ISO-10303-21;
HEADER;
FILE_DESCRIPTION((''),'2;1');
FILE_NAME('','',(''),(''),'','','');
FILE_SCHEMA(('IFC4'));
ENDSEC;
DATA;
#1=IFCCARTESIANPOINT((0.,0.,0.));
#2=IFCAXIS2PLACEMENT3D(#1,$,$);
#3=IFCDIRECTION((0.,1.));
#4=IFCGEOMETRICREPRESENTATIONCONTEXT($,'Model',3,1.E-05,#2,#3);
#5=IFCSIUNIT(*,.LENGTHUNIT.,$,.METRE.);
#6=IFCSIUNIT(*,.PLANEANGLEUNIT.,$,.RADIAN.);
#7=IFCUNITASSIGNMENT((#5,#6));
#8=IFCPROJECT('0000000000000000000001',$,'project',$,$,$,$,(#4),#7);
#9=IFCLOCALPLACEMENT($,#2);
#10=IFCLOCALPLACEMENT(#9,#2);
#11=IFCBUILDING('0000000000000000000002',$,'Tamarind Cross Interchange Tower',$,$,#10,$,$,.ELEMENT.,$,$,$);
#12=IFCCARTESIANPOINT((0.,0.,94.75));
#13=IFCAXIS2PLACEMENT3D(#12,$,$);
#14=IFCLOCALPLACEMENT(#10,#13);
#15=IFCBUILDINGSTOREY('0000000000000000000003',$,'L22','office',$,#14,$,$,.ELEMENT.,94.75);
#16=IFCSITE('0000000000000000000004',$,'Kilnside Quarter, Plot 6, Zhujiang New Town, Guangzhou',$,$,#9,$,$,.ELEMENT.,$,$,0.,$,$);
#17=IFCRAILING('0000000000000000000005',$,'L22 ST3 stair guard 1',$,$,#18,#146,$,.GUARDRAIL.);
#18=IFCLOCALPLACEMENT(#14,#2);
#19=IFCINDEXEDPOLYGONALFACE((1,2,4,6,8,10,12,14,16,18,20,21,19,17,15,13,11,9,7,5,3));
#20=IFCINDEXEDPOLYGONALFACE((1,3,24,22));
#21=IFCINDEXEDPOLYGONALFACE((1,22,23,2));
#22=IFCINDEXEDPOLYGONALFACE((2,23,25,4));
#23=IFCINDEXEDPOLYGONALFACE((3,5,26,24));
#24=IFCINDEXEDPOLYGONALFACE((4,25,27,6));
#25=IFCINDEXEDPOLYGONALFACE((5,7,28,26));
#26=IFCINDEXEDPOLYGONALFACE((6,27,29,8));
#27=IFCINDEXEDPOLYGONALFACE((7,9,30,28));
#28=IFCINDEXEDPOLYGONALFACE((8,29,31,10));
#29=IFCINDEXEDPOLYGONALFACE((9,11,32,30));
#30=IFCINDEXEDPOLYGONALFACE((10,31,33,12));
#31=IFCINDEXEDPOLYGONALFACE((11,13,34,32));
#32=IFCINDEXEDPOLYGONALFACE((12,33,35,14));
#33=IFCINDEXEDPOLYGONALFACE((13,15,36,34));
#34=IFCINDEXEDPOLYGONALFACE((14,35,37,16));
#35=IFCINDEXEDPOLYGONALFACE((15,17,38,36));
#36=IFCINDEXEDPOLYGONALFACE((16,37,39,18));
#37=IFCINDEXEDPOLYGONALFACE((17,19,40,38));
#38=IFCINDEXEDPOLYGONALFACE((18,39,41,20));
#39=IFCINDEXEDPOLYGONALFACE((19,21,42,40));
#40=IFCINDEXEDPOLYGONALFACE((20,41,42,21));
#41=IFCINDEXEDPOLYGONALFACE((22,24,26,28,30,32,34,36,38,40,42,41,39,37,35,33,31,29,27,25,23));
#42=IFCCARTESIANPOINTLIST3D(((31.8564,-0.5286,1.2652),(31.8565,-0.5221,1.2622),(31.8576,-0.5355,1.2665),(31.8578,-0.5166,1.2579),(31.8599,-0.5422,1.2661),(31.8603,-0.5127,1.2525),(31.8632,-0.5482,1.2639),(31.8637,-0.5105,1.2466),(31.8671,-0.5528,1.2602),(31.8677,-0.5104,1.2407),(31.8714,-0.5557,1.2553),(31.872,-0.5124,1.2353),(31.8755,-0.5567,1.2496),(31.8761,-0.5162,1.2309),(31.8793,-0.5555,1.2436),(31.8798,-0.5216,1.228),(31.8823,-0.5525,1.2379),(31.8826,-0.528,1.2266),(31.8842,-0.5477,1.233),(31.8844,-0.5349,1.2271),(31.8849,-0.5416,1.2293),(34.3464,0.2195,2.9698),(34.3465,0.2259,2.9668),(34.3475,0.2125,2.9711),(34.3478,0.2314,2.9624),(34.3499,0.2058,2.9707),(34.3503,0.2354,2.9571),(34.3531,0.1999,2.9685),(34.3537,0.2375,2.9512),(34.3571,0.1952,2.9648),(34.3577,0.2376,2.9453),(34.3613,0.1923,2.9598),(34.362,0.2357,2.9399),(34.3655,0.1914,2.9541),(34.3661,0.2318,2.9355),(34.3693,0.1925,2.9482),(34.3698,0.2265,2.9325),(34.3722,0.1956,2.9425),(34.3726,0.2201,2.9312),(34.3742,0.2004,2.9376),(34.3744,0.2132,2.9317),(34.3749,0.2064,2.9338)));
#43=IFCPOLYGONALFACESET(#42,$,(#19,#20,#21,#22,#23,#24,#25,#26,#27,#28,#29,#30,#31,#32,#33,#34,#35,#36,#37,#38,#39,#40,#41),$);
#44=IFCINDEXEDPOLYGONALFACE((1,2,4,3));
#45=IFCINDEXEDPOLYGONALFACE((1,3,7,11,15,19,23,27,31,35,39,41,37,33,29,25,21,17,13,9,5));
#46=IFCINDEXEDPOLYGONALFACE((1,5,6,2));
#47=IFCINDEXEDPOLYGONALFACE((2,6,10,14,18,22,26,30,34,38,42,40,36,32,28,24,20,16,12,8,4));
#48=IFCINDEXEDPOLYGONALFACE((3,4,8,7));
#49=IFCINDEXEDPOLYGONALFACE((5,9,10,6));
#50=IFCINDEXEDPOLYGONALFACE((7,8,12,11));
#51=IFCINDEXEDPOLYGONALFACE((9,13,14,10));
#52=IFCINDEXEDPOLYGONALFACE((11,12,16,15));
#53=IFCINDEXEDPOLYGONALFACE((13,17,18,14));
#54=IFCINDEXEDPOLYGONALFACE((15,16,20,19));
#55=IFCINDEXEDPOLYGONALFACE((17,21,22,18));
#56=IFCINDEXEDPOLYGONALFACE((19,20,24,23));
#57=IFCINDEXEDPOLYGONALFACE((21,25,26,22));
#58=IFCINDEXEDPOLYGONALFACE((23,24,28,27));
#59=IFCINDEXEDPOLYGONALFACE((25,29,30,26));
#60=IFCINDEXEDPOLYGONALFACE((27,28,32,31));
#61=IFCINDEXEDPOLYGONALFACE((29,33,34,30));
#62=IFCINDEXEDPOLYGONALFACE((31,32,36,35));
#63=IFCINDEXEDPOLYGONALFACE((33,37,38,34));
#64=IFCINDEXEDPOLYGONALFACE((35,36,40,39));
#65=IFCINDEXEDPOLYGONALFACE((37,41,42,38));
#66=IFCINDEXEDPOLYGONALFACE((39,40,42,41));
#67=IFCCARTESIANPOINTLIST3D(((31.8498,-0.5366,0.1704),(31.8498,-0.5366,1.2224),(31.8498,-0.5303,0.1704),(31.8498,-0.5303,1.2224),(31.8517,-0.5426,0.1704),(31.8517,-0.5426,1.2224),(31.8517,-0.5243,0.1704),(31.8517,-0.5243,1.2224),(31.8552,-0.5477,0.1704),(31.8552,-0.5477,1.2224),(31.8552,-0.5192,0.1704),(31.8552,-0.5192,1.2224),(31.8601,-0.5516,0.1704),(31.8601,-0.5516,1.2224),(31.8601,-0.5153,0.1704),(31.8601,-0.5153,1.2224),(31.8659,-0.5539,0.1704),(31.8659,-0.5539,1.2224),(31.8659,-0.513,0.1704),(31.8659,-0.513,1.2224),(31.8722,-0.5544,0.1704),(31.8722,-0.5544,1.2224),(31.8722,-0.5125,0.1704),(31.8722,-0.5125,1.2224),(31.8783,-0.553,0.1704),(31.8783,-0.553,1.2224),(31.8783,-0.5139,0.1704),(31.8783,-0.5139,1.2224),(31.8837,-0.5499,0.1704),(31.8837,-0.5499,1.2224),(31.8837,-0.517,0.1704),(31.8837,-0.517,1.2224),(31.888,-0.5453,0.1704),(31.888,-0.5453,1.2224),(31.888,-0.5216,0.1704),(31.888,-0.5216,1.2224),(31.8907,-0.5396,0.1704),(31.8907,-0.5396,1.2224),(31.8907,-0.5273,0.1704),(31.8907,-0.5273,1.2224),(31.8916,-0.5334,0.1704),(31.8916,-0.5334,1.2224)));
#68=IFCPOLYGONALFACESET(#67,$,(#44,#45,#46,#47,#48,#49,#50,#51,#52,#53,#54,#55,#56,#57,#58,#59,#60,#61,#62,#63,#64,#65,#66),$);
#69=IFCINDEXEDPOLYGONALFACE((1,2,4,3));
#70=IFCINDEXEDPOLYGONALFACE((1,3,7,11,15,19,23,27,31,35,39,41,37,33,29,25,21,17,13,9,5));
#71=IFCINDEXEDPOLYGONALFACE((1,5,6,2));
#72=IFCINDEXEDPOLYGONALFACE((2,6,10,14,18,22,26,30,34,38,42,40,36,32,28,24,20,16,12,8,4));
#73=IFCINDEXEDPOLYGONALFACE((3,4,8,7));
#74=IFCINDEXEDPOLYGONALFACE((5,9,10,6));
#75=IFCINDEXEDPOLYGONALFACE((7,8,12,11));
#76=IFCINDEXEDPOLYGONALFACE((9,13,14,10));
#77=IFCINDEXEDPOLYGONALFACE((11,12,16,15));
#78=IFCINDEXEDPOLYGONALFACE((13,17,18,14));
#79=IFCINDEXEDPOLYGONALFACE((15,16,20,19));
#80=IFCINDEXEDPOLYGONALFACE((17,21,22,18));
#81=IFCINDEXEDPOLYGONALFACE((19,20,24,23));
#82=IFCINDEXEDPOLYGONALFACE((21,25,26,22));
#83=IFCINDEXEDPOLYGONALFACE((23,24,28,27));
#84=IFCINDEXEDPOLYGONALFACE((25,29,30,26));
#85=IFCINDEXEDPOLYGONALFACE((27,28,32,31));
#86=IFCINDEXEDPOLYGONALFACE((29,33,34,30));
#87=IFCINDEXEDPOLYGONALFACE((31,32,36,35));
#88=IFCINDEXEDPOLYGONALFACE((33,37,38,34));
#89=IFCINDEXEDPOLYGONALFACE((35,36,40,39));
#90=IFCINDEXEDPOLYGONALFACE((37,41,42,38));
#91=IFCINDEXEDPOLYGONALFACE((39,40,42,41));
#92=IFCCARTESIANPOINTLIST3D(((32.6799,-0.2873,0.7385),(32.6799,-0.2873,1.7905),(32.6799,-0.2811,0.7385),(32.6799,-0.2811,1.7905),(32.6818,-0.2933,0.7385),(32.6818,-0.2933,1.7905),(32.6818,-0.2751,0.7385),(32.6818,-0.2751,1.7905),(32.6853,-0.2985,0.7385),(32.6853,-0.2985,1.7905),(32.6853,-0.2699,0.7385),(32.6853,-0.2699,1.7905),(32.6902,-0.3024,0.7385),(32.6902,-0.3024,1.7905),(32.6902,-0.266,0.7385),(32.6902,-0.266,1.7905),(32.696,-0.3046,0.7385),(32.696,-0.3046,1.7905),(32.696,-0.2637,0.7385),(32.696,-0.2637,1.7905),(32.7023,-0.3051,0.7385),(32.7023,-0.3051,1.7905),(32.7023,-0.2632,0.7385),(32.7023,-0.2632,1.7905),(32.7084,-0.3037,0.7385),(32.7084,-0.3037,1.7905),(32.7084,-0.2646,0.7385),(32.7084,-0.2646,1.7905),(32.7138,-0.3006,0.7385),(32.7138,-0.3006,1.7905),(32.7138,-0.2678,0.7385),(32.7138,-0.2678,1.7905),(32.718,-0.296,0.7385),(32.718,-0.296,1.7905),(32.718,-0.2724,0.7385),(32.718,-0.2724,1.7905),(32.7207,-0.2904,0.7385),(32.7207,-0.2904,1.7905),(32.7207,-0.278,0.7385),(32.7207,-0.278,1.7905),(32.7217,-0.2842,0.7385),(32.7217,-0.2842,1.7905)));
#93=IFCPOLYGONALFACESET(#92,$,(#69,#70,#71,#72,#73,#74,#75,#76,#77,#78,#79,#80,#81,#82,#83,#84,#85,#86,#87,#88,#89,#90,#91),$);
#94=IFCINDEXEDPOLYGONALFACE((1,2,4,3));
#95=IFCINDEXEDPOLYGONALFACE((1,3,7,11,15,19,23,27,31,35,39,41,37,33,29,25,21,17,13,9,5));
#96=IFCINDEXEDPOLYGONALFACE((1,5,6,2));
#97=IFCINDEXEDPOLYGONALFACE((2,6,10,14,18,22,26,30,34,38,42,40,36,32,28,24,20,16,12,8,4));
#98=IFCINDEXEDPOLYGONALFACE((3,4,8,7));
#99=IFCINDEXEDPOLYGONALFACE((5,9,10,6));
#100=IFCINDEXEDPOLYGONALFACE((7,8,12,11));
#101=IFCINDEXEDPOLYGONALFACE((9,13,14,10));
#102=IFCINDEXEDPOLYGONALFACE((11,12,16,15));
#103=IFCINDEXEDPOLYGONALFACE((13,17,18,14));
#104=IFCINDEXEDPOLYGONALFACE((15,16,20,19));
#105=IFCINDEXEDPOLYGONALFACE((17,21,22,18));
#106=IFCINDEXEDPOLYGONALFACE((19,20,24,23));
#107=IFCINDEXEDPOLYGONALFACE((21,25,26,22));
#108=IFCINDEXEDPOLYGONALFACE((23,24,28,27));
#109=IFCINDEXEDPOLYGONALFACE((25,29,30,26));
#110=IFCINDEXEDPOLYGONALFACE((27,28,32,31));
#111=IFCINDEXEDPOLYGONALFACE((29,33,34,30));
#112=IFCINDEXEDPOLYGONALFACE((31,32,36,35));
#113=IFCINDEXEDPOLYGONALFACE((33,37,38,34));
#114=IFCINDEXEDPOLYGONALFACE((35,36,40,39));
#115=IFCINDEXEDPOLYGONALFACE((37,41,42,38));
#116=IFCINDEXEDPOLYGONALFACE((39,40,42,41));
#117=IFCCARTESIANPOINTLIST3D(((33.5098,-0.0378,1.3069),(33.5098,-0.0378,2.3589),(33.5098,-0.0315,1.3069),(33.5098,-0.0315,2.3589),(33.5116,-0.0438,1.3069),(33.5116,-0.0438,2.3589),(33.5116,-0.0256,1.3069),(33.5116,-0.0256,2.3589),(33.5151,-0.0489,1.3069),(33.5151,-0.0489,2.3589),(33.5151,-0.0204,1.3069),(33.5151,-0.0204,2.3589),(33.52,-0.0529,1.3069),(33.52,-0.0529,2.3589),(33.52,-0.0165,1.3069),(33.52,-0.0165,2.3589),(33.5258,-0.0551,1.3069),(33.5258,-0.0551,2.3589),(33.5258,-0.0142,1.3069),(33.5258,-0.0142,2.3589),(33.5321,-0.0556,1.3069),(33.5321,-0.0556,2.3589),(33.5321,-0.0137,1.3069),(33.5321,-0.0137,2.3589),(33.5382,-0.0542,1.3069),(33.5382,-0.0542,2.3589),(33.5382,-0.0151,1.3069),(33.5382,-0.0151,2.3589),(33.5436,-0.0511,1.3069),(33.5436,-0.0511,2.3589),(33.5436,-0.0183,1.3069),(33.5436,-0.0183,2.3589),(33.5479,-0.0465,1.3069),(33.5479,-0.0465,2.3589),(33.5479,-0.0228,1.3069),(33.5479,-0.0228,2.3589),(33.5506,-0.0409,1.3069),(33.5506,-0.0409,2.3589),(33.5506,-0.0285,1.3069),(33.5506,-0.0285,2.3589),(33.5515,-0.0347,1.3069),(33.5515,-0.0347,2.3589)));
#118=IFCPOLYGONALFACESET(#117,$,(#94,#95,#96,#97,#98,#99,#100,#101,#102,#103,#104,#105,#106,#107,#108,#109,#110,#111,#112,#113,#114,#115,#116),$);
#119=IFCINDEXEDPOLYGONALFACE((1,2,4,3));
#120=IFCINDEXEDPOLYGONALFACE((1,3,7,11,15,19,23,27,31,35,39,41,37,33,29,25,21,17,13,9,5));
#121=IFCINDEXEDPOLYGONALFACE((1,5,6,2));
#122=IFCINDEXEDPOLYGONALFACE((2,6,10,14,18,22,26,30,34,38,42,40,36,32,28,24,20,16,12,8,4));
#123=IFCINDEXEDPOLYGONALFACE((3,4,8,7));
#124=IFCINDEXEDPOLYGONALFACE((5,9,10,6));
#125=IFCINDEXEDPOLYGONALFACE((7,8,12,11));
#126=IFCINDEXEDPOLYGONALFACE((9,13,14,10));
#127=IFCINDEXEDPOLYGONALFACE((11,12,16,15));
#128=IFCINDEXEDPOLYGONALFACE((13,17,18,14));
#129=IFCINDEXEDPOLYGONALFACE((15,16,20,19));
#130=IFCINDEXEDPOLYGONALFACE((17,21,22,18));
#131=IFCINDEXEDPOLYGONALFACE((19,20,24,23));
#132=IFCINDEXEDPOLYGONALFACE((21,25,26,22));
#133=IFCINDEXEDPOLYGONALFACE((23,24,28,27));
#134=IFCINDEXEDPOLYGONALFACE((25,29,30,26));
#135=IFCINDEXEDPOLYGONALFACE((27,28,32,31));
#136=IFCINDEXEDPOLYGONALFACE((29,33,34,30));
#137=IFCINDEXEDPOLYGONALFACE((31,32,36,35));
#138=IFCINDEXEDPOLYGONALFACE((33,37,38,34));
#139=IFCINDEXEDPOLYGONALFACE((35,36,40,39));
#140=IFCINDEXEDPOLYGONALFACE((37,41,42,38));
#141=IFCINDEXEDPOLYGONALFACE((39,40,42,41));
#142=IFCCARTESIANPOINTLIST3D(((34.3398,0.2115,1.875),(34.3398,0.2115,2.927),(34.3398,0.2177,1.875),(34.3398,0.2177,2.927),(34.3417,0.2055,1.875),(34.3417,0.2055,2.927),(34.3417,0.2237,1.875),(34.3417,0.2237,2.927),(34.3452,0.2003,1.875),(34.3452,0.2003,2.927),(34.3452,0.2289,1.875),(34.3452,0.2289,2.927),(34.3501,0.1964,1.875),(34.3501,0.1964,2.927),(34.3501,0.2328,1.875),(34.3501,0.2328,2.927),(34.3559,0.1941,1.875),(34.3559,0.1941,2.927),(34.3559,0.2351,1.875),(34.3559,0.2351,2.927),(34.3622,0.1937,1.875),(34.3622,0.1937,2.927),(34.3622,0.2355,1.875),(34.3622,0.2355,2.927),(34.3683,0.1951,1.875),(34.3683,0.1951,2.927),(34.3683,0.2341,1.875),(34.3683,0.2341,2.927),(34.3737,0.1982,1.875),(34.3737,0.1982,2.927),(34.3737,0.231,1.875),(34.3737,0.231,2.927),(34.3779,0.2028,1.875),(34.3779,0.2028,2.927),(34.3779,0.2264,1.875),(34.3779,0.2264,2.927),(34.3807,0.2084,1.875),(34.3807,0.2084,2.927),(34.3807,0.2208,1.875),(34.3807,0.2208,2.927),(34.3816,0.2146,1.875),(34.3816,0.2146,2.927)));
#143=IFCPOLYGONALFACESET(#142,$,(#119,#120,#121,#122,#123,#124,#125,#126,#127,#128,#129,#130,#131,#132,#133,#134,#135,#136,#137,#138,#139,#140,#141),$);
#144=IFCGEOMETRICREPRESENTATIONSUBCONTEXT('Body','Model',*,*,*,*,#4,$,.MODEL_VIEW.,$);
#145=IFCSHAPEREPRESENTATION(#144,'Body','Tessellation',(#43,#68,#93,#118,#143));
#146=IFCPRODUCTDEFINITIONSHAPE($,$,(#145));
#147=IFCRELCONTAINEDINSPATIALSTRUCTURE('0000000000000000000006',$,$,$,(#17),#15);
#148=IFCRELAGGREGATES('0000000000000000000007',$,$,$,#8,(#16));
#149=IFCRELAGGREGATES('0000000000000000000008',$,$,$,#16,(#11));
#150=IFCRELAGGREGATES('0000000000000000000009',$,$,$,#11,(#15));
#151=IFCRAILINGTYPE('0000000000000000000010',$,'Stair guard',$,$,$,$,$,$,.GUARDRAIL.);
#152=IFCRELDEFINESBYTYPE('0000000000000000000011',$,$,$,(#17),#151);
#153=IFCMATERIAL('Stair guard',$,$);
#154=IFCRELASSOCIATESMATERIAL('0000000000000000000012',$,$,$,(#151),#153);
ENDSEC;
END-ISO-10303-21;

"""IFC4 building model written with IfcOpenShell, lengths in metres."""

from ifc_helpers import new_model, si_unit, direction, frame, origin, origin_2d, place, context, subcontext, project, spatial, circle, extrude, material, type_object, element, save


model = new_model("IFC4")

# Units and contexts
model_context = context("Model", 3, precision=1e-05, world=origin(), true_north=direction((0.0, 1.0)))
body_context = subcontext(model_context, "Body", "Model", "MODEL_VIEW")
ifc_project = project(units=[si_unit("LENGTHUNIT", "METRE"), si_unit("PLANEANGLEUNIT", "RADIAN")], contexts=[model_context])

# Site, building, storey
site_placement = place(None, origin())
site = spatial("IfcSite", under=ifc_project, at=site_placement, Name="Kilnside Quarter, Plot 6, Zhujiang New Town, Guangzhou", CompositionType="ELEMENT", RefElevation=0.0)
building_placement = place(site_placement, origin())
building = spatial("IfcBuilding", under=site, at=building_placement, Name="Tamarind Cross Interchange Tower", CompositionType="ELEMENT")
storey_placement = place(building_placement, frame((0.0, 0.0, 94.75)))
storey = spatial("IfcBuildingStorey", under=building, at=storey_placement, Name="L22", Description="office", CompositionType="ELEMENT", Elevation=94.75)

# Railing
ifc_material_1 = material(Name="Stair guard")
railing_type_1 = type_object("IfcRailingType", Name="Stair guard", PredefinedType="GUARDRAIL", material=ifc_material_1)
railing_1_placement = place(storey_placement, frame((31.8706, -0.5334, 0.1704)))
element("IfcRailing", 1, at=railing_1_placement, inside=storey, type_object=railing_type_1, Name="L22 ST3 stair guard 1", PredefinedType="GUARDRAIL", context=body_context, shape_type="SweptSolid", body=[
    extrude(circle(Radius=0.0239, at=origin_2d()), frame((0.0, 0.0, 1.0762), z_axis=(0.800924, 0.240615, 0.548294), x_axis=(-0.287718, 0.957715, 0.0)), (0.0, 0.0, 1.0), 3.1089),
    extrude(circle(Radius=0.021, at=origin_2d()), origin(), (0.0, 0.0, 1.0), 1.052),
    extrude(circle(Radius=0.021, at=origin_2d()), frame((0.8301, 0.2493, 0.5681)), (0.0, 0.0, 1.0), 1.052),
    extrude(circle(Radius=0.021, at=origin_2d()), frame((1.6599, 0.4988, 1.1365)), (0.0, 0.0, 1.0), 1.052),
    extrude(circle(Radius=0.021, at=origin_2d()), frame((2.49, 0.748, 1.7046)), (0.0, 0.0, 1.0), 1.052),
])

save(model, "model.ifc")
